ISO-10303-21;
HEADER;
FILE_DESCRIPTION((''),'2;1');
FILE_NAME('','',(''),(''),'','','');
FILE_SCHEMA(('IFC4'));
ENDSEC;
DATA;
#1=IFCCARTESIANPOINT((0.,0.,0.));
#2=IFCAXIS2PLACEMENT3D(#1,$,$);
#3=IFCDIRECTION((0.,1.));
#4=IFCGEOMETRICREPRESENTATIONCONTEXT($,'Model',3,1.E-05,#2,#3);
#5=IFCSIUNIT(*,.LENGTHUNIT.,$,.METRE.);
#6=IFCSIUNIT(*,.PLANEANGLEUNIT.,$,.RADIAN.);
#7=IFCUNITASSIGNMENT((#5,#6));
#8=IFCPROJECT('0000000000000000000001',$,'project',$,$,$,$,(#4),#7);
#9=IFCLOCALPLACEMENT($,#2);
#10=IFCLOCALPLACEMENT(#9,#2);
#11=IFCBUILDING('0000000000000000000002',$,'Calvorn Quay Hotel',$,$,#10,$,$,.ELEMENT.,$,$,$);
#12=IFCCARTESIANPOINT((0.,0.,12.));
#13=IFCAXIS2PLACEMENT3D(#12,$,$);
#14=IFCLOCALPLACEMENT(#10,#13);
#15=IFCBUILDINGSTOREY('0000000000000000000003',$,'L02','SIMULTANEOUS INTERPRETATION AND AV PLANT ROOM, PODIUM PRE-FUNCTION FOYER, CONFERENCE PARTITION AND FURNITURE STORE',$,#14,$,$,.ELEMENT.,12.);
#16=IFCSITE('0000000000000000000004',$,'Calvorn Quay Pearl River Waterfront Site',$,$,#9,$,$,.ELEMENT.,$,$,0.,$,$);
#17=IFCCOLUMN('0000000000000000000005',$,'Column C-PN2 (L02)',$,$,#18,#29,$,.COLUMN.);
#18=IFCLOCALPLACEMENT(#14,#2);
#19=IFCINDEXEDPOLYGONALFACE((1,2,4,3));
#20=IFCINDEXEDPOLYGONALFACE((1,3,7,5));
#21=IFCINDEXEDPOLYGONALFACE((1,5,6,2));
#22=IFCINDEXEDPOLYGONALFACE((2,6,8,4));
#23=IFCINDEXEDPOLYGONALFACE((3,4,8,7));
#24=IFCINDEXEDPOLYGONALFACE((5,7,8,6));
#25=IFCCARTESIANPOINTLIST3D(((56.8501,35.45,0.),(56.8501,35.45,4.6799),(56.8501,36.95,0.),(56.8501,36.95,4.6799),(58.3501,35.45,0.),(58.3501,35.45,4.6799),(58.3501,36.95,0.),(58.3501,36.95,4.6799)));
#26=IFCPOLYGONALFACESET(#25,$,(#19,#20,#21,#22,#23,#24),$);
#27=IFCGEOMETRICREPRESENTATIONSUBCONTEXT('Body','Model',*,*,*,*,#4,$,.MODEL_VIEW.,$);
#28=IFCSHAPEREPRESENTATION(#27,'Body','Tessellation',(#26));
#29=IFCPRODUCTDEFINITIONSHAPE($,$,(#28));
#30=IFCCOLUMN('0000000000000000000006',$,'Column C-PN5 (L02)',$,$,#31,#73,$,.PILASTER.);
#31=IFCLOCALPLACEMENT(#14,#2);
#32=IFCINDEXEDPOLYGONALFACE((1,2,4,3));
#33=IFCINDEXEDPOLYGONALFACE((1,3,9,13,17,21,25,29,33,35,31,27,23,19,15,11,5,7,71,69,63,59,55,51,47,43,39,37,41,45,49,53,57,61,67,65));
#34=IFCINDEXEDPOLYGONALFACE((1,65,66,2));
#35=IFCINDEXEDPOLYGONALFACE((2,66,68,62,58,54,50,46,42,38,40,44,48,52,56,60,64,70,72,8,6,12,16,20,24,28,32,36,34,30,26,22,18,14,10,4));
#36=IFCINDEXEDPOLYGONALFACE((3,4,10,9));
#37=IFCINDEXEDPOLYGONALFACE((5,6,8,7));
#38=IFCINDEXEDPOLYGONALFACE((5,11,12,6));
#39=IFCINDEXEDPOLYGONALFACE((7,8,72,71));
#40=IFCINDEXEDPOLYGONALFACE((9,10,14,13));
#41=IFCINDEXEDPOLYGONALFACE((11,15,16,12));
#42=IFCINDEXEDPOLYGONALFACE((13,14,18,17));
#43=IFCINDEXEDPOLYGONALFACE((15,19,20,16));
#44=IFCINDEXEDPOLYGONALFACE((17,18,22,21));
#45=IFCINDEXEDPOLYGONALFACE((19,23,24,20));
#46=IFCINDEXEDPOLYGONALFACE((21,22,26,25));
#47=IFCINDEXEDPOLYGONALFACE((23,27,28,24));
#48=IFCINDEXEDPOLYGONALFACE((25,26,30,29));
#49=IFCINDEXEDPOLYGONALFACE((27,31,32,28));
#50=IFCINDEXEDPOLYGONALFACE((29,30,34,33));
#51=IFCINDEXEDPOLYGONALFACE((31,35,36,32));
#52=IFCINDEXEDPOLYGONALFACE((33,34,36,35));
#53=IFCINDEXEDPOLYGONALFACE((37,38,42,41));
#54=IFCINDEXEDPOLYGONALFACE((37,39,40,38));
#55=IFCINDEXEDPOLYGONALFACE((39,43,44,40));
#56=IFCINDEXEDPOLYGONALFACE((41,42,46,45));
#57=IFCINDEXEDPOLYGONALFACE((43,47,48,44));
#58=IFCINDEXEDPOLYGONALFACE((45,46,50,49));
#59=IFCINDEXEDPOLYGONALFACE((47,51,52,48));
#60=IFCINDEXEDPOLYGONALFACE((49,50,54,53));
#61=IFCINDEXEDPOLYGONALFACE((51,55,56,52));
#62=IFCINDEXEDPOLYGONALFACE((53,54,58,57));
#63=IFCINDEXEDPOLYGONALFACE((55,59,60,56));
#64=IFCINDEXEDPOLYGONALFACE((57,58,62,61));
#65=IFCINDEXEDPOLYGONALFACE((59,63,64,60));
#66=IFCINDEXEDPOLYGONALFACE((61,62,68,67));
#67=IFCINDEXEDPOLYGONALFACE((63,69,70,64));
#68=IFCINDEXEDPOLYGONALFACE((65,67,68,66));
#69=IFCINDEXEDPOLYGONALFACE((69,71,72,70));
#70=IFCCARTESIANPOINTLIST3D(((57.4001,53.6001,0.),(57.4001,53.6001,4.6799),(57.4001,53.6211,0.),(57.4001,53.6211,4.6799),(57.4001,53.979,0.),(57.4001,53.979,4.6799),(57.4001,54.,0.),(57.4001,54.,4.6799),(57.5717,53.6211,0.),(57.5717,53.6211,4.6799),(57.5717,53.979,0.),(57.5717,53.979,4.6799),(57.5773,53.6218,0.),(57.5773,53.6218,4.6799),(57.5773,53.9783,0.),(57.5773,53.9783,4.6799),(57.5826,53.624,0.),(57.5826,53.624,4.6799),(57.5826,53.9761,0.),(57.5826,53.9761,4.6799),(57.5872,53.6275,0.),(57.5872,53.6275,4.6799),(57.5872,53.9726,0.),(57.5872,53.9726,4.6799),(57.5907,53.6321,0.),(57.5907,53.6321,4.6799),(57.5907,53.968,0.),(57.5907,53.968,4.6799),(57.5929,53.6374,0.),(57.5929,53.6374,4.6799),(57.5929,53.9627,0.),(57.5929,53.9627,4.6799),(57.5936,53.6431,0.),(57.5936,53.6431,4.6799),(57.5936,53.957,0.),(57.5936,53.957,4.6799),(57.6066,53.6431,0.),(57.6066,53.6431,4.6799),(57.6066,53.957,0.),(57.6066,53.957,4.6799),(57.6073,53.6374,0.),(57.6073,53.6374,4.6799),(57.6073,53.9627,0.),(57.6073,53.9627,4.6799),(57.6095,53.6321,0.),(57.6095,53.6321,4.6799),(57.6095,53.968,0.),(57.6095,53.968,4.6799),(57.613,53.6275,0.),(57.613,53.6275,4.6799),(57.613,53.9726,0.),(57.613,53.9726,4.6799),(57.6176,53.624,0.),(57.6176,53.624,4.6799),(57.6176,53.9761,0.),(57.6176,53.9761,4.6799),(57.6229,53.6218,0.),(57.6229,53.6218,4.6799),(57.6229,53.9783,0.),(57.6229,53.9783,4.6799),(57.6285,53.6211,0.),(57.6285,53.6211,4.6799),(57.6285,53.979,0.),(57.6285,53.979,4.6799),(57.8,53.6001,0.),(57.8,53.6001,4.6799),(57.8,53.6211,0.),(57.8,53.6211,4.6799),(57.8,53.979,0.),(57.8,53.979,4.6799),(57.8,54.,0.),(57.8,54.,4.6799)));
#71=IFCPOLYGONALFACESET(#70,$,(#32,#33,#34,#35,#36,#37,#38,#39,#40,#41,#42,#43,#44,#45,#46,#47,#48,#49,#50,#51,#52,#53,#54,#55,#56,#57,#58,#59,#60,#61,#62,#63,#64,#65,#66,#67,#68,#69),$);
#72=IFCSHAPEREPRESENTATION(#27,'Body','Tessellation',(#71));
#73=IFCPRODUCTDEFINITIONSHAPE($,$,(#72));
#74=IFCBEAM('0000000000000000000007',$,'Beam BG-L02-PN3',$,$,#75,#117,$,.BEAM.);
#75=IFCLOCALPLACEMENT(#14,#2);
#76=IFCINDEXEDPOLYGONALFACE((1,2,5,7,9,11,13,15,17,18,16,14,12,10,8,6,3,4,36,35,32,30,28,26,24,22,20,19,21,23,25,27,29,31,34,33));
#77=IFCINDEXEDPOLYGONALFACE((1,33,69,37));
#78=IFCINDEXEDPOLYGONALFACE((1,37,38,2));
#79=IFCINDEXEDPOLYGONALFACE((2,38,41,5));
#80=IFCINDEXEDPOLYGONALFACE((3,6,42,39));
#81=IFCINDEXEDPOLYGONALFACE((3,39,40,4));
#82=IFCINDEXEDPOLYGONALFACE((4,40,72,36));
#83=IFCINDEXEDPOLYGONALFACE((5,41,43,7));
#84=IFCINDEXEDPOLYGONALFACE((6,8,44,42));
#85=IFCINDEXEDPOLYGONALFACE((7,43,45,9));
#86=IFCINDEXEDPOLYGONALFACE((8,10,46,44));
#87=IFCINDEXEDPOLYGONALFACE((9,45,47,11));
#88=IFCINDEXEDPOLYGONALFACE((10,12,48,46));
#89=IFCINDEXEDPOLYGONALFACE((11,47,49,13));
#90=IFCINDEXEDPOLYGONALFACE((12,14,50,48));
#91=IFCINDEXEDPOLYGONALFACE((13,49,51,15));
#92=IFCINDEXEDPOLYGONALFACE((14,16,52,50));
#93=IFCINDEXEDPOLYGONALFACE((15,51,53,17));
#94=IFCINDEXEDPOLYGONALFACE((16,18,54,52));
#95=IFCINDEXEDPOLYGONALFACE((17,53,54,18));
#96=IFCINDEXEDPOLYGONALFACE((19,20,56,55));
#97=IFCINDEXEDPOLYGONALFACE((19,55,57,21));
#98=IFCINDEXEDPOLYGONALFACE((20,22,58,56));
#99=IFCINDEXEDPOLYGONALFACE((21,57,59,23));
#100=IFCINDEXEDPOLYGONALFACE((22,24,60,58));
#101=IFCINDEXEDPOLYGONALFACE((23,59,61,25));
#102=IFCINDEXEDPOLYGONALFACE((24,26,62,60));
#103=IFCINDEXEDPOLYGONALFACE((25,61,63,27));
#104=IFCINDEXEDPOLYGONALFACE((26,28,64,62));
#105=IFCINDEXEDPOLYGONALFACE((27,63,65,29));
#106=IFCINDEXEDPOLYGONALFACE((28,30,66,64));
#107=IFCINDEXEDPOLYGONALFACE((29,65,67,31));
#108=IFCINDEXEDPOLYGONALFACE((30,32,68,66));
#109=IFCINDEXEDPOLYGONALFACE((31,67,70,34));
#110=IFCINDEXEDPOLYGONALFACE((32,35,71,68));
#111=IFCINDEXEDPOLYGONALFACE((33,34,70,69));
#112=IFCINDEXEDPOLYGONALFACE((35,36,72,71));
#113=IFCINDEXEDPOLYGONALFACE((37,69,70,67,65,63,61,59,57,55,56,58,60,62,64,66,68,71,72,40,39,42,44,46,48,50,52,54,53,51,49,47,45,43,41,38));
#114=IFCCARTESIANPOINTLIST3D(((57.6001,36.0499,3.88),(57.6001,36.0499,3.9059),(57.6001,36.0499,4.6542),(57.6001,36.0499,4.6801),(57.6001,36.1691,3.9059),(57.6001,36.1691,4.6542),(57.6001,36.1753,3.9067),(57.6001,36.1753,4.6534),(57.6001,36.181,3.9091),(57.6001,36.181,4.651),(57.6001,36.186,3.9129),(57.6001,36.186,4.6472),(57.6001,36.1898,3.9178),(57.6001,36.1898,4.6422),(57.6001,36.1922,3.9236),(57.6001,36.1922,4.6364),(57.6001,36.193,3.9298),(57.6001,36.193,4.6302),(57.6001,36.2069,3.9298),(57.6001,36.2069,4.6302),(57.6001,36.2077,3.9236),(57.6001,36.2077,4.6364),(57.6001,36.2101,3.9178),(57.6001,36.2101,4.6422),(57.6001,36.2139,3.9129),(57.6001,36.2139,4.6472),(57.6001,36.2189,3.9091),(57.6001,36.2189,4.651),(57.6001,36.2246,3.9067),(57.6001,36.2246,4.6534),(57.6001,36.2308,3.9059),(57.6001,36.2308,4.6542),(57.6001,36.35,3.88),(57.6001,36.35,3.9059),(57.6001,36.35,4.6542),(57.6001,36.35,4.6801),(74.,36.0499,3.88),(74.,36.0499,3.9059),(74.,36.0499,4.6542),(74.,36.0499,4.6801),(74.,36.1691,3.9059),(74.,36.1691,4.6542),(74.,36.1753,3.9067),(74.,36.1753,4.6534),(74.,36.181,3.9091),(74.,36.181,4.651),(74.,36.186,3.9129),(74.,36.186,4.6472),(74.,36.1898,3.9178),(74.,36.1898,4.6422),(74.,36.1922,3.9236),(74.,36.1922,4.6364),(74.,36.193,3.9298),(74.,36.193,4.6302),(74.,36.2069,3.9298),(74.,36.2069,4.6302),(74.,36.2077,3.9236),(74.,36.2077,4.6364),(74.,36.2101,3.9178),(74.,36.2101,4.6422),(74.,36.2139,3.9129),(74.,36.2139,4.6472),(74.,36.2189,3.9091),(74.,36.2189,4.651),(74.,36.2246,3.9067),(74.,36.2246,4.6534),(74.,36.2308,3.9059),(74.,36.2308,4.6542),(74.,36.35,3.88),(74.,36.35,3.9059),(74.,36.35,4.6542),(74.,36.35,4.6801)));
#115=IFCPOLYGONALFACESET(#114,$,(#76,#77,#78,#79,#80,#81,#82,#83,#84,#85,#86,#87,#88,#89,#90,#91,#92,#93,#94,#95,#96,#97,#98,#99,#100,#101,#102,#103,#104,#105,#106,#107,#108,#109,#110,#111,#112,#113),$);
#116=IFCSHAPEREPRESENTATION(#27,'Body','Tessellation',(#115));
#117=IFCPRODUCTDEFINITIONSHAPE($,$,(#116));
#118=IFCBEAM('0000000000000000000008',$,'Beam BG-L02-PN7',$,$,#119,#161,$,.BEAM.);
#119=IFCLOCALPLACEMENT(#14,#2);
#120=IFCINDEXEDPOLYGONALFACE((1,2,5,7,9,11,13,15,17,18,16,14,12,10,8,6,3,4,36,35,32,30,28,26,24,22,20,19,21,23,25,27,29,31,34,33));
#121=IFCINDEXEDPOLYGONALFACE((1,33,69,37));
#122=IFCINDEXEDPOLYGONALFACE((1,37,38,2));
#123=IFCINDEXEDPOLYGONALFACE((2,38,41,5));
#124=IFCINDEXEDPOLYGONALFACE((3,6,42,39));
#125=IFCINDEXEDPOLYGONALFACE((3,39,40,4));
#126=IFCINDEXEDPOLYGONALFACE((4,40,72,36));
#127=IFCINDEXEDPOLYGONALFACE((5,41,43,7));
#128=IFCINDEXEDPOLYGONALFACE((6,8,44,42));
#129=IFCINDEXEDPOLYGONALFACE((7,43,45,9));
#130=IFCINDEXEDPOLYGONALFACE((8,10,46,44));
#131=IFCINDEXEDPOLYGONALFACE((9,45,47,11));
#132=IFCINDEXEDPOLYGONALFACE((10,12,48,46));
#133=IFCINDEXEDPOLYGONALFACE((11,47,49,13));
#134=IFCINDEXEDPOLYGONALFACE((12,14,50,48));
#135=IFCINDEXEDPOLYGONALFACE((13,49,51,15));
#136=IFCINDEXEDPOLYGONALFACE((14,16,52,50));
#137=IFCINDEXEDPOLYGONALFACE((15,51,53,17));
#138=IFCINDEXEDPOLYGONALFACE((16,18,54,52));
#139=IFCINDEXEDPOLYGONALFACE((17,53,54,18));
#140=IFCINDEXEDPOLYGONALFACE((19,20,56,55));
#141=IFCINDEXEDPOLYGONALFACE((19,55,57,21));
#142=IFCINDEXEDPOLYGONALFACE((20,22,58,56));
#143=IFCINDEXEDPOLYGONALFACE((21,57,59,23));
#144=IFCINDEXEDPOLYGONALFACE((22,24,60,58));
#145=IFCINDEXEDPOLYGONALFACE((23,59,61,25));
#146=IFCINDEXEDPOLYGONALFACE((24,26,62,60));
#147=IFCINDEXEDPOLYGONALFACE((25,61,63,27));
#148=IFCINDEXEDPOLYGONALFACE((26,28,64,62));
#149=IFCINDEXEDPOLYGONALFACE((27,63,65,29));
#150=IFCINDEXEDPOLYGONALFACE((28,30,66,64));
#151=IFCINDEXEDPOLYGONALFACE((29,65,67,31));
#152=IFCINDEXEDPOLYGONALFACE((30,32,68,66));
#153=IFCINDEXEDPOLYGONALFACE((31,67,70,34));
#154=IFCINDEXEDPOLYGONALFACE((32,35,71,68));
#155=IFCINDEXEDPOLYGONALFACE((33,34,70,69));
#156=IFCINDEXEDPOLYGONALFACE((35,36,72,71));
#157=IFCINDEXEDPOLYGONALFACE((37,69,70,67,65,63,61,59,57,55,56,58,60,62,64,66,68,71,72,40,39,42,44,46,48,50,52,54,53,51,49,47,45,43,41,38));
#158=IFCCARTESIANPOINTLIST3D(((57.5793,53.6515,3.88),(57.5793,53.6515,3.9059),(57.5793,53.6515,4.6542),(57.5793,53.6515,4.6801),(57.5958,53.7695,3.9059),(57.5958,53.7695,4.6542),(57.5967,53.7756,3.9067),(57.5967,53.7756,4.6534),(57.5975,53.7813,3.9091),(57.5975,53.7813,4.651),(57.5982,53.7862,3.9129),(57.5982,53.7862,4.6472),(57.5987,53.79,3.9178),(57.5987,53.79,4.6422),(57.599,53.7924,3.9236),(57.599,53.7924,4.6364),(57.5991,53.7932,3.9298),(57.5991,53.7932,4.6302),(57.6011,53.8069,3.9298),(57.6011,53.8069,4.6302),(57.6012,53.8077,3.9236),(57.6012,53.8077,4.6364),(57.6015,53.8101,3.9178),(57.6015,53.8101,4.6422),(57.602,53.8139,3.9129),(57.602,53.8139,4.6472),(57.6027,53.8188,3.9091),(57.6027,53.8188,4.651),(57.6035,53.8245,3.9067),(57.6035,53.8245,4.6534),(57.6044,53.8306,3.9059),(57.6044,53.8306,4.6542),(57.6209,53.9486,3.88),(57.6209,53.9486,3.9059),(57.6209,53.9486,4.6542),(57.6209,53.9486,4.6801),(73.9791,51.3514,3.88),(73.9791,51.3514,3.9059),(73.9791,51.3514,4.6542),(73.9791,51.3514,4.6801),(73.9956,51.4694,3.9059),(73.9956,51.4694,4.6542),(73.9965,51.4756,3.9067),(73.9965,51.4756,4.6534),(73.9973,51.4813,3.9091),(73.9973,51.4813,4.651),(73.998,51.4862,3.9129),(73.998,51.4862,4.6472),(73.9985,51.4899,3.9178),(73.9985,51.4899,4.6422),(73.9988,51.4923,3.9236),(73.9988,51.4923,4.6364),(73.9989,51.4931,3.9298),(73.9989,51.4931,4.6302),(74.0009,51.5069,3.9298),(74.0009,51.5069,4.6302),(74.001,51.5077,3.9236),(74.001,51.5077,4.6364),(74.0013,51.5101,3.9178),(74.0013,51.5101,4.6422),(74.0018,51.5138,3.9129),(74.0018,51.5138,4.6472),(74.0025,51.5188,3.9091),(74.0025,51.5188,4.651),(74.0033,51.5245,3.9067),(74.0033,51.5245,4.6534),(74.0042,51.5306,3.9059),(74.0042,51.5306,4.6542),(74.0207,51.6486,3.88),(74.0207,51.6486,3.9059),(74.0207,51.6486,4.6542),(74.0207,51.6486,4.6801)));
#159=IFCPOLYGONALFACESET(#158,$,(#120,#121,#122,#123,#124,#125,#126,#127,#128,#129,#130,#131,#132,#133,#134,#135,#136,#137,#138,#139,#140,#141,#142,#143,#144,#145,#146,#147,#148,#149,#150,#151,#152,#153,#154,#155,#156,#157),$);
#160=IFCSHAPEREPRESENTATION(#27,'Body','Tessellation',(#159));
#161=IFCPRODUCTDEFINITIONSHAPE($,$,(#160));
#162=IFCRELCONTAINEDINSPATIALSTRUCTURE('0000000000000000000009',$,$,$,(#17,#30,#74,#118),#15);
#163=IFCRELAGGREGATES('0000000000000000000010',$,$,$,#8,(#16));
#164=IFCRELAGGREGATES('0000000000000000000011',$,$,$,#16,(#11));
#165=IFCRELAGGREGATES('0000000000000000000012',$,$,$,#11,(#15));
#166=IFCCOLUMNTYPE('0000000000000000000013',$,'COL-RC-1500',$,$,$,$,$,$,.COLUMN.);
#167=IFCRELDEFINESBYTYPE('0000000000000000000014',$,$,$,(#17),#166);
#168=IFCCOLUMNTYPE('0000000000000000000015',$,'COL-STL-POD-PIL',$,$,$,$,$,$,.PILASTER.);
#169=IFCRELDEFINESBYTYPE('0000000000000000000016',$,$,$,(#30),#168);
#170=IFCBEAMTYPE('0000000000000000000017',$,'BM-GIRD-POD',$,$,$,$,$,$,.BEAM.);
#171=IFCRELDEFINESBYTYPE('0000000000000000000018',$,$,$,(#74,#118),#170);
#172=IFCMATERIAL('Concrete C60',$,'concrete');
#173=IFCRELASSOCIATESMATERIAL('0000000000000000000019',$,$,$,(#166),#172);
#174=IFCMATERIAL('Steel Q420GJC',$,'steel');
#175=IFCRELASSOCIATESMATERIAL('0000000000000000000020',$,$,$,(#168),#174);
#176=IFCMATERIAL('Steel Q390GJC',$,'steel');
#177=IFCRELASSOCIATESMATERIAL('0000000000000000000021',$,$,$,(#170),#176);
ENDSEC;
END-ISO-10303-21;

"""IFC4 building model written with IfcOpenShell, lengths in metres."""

from ifc_helpers import new_model, si_unit, direction, frame, origin, origin_2d, place, context, subcontext, project, spatial, rectangle, i_section, extrude, material, material_profile, profile_set, type_object, element, save


model = new_model("IFC4")

# Units and contexts
model_context = context("Model", 3, precision=1e-05, world=origin(), true_north=direction((0.0, 1.0)))
body_context = subcontext(model_context, "Body", "Model", "MODEL_VIEW")
ifc_project = project(units=[si_unit("LENGTHUNIT", "METRE"), si_unit("PLANEANGLEUNIT", "RADIAN")], contexts=[model_context])

# Site, building, storey
site_placement = place(None, origin())
site = spatial("IfcSite", under=ifc_project, at=site_placement, Name="Calvorn Quay Pearl River Waterfront Site", CompositionType="ELEMENT", RefElevation=0.0)
building_placement = place(site_placement, origin())
building = spatial("IfcBuilding", under=site, at=building_placement, Name="Calvorn Quay Hotel", CompositionType="ELEMENT")
storey_placement = place(building_placement, frame((0.0, 0.0, 12.0)))
storey = spatial("IfcBuildingStorey", under=building, at=storey_placement, Name="L02", Description="SIMULTANEOUS INTERPRETATION AND AV PLANT ROOM, PODIUM PRE-FUNCTION FOYER, CONFERENCE PARTITION AND FURNITURE STORE", CompositionType="ELEMENT", Elevation=12.0)

# Columns
ifc_material_1 = material(Name="Concrete C60", Category="concrete")
ifc_material_profile_1 = material_profile(ifc_material_1, rectangle(XDim=1.5, YDim=1.5, at=origin_2d()), Name="RC1500x1500")
ifc_profile_set_1 = profile_set([ifc_material_profile_1], Name="Concrete C60")
column_type_1 = type_object("IfcColumnType", Name="COL-RC-1500", PredefinedType="COLUMN", material=ifc_profile_set_1)
column_1_placement = place(storey_placement, frame((57.6001, 36.2, 0.0), z_axis=(0.0, 0.0, 1.0), x_axis=(1.0, 0.0, 0.0)))
element("IfcColumn", 1, at=column_1_placement, inside=storey, type_object=column_type_1, Name="Column C-PN2 (L02)", PredefinedType="COLUMN", context=body_context, shape_type="SweptSolid", body=[
    extrude(rectangle(XDim=1.5, YDim=1.5, at=origin_2d()), origin(), (0.0, 0.0, 1.0), 4.6799),
])
ifc_material_2 = material(Name="Steel Q420GJC", Category="steel")
ifc_material_profile_2 = material_profile(ifc_material_2, i_section(OverallWidth=0.3999, OverallDepth=0.3999, WebThickness=0.0129, FlangeThickness=0.021, FilletRadius=0.022, at=origin_2d()), Name="HW400x400x13x21")
ifc_profile_set_2 = profile_set([ifc_material_profile_2], Name="Steel Q420GJC")
column_type_2 = type_object("IfcColumnType", Name="COL-STL-POD-PIL", PredefinedType="PILASTER", material=ifc_profile_set_2)
column_2_placement = place(storey_placement, frame((57.6001, 53.8, 0.0), z_axis=(0.0, 0.0, 1.0), x_axis=(1.0, 0.0, 0.0)))
element("IfcColumn", 2, at=column_2_placement, inside=storey, type_object=column_type_2, Name="Column C-PN5 (L02)", PredefinedType="PILASTER", context=body_context, shape_type="SweptSolid", body=[
    extrude(i_section(OverallWidth=0.3999, OverallDepth=0.3999, WebThickness=0.0129, FlangeThickness=0.021, FilletRadius=0.022, at=origin_2d()), origin(), (0.0, 0.0, 1.0), 4.6799),
])

# Beams
ifc_material_3 = material(Name="Steel Q390GJC", Category="steel")
ifc_material_profile_3 = material_profile(ifc_material_3, i_section(OverallWidth=0.3, OverallDepth=0.8, WebThickness=0.0139, FlangeThickness=0.0259, FilletRadius=0.0239, at=origin_2d()), Name="HN800x300x14x26")
ifc_profile_set_3 = profile_set([ifc_material_profile_3], Name="Steel Q390GJC")
beam_type = type_object("IfcBeamType", Name="BM-GIRD-POD", PredefinedType="BEAM", material=ifc_profile_set_3)
beam_1_placement = place(storey_placement, frame((57.6001, 36.2, 4.28), z_axis=(1.0, 0.0, 0.0), x_axis=(0.0, 1.0, 0.0)))
element("IfcBeam", 3, at=beam_1_placement, inside=storey, type_object=beam_type, Name="Beam BG-L02-PN3", PredefinedType="BEAM", context=body_context, shape_type="SweptSolid", body=[
    extrude(i_section(OverallWidth=0.3, OverallDepth=0.8, WebThickness=0.0139, FlangeThickness=0.0259, FilletRadius=0.0239, at=origin_2d()), origin(), (0.0, 0.0, 1.0), 16.3999),
])
beam_2_placement = place(storey_placement, frame((57.6001, 53.8, 4.28), z_axis=(0.990308, -0.138888, 0.0), x_axis=(0.138888, 0.990308, 0.0)))
element("IfcBeam", 4, at=beam_2_placement, inside=storey, type_object=beam_type, Name="Beam BG-L02-PN7", PredefinedType="BEAM", context=body_context, shape_type="SweptSolid", body=[
    extrude(i_section(OverallWidth=0.3, OverallDepth=0.8, WebThickness=0.0139, FlangeThickness=0.0259, FilletRadius=0.0239, at=origin_2d()), origin(), (0.0, 0.0, 1.0), 16.5603),
])

save(model, "model.ifc")
